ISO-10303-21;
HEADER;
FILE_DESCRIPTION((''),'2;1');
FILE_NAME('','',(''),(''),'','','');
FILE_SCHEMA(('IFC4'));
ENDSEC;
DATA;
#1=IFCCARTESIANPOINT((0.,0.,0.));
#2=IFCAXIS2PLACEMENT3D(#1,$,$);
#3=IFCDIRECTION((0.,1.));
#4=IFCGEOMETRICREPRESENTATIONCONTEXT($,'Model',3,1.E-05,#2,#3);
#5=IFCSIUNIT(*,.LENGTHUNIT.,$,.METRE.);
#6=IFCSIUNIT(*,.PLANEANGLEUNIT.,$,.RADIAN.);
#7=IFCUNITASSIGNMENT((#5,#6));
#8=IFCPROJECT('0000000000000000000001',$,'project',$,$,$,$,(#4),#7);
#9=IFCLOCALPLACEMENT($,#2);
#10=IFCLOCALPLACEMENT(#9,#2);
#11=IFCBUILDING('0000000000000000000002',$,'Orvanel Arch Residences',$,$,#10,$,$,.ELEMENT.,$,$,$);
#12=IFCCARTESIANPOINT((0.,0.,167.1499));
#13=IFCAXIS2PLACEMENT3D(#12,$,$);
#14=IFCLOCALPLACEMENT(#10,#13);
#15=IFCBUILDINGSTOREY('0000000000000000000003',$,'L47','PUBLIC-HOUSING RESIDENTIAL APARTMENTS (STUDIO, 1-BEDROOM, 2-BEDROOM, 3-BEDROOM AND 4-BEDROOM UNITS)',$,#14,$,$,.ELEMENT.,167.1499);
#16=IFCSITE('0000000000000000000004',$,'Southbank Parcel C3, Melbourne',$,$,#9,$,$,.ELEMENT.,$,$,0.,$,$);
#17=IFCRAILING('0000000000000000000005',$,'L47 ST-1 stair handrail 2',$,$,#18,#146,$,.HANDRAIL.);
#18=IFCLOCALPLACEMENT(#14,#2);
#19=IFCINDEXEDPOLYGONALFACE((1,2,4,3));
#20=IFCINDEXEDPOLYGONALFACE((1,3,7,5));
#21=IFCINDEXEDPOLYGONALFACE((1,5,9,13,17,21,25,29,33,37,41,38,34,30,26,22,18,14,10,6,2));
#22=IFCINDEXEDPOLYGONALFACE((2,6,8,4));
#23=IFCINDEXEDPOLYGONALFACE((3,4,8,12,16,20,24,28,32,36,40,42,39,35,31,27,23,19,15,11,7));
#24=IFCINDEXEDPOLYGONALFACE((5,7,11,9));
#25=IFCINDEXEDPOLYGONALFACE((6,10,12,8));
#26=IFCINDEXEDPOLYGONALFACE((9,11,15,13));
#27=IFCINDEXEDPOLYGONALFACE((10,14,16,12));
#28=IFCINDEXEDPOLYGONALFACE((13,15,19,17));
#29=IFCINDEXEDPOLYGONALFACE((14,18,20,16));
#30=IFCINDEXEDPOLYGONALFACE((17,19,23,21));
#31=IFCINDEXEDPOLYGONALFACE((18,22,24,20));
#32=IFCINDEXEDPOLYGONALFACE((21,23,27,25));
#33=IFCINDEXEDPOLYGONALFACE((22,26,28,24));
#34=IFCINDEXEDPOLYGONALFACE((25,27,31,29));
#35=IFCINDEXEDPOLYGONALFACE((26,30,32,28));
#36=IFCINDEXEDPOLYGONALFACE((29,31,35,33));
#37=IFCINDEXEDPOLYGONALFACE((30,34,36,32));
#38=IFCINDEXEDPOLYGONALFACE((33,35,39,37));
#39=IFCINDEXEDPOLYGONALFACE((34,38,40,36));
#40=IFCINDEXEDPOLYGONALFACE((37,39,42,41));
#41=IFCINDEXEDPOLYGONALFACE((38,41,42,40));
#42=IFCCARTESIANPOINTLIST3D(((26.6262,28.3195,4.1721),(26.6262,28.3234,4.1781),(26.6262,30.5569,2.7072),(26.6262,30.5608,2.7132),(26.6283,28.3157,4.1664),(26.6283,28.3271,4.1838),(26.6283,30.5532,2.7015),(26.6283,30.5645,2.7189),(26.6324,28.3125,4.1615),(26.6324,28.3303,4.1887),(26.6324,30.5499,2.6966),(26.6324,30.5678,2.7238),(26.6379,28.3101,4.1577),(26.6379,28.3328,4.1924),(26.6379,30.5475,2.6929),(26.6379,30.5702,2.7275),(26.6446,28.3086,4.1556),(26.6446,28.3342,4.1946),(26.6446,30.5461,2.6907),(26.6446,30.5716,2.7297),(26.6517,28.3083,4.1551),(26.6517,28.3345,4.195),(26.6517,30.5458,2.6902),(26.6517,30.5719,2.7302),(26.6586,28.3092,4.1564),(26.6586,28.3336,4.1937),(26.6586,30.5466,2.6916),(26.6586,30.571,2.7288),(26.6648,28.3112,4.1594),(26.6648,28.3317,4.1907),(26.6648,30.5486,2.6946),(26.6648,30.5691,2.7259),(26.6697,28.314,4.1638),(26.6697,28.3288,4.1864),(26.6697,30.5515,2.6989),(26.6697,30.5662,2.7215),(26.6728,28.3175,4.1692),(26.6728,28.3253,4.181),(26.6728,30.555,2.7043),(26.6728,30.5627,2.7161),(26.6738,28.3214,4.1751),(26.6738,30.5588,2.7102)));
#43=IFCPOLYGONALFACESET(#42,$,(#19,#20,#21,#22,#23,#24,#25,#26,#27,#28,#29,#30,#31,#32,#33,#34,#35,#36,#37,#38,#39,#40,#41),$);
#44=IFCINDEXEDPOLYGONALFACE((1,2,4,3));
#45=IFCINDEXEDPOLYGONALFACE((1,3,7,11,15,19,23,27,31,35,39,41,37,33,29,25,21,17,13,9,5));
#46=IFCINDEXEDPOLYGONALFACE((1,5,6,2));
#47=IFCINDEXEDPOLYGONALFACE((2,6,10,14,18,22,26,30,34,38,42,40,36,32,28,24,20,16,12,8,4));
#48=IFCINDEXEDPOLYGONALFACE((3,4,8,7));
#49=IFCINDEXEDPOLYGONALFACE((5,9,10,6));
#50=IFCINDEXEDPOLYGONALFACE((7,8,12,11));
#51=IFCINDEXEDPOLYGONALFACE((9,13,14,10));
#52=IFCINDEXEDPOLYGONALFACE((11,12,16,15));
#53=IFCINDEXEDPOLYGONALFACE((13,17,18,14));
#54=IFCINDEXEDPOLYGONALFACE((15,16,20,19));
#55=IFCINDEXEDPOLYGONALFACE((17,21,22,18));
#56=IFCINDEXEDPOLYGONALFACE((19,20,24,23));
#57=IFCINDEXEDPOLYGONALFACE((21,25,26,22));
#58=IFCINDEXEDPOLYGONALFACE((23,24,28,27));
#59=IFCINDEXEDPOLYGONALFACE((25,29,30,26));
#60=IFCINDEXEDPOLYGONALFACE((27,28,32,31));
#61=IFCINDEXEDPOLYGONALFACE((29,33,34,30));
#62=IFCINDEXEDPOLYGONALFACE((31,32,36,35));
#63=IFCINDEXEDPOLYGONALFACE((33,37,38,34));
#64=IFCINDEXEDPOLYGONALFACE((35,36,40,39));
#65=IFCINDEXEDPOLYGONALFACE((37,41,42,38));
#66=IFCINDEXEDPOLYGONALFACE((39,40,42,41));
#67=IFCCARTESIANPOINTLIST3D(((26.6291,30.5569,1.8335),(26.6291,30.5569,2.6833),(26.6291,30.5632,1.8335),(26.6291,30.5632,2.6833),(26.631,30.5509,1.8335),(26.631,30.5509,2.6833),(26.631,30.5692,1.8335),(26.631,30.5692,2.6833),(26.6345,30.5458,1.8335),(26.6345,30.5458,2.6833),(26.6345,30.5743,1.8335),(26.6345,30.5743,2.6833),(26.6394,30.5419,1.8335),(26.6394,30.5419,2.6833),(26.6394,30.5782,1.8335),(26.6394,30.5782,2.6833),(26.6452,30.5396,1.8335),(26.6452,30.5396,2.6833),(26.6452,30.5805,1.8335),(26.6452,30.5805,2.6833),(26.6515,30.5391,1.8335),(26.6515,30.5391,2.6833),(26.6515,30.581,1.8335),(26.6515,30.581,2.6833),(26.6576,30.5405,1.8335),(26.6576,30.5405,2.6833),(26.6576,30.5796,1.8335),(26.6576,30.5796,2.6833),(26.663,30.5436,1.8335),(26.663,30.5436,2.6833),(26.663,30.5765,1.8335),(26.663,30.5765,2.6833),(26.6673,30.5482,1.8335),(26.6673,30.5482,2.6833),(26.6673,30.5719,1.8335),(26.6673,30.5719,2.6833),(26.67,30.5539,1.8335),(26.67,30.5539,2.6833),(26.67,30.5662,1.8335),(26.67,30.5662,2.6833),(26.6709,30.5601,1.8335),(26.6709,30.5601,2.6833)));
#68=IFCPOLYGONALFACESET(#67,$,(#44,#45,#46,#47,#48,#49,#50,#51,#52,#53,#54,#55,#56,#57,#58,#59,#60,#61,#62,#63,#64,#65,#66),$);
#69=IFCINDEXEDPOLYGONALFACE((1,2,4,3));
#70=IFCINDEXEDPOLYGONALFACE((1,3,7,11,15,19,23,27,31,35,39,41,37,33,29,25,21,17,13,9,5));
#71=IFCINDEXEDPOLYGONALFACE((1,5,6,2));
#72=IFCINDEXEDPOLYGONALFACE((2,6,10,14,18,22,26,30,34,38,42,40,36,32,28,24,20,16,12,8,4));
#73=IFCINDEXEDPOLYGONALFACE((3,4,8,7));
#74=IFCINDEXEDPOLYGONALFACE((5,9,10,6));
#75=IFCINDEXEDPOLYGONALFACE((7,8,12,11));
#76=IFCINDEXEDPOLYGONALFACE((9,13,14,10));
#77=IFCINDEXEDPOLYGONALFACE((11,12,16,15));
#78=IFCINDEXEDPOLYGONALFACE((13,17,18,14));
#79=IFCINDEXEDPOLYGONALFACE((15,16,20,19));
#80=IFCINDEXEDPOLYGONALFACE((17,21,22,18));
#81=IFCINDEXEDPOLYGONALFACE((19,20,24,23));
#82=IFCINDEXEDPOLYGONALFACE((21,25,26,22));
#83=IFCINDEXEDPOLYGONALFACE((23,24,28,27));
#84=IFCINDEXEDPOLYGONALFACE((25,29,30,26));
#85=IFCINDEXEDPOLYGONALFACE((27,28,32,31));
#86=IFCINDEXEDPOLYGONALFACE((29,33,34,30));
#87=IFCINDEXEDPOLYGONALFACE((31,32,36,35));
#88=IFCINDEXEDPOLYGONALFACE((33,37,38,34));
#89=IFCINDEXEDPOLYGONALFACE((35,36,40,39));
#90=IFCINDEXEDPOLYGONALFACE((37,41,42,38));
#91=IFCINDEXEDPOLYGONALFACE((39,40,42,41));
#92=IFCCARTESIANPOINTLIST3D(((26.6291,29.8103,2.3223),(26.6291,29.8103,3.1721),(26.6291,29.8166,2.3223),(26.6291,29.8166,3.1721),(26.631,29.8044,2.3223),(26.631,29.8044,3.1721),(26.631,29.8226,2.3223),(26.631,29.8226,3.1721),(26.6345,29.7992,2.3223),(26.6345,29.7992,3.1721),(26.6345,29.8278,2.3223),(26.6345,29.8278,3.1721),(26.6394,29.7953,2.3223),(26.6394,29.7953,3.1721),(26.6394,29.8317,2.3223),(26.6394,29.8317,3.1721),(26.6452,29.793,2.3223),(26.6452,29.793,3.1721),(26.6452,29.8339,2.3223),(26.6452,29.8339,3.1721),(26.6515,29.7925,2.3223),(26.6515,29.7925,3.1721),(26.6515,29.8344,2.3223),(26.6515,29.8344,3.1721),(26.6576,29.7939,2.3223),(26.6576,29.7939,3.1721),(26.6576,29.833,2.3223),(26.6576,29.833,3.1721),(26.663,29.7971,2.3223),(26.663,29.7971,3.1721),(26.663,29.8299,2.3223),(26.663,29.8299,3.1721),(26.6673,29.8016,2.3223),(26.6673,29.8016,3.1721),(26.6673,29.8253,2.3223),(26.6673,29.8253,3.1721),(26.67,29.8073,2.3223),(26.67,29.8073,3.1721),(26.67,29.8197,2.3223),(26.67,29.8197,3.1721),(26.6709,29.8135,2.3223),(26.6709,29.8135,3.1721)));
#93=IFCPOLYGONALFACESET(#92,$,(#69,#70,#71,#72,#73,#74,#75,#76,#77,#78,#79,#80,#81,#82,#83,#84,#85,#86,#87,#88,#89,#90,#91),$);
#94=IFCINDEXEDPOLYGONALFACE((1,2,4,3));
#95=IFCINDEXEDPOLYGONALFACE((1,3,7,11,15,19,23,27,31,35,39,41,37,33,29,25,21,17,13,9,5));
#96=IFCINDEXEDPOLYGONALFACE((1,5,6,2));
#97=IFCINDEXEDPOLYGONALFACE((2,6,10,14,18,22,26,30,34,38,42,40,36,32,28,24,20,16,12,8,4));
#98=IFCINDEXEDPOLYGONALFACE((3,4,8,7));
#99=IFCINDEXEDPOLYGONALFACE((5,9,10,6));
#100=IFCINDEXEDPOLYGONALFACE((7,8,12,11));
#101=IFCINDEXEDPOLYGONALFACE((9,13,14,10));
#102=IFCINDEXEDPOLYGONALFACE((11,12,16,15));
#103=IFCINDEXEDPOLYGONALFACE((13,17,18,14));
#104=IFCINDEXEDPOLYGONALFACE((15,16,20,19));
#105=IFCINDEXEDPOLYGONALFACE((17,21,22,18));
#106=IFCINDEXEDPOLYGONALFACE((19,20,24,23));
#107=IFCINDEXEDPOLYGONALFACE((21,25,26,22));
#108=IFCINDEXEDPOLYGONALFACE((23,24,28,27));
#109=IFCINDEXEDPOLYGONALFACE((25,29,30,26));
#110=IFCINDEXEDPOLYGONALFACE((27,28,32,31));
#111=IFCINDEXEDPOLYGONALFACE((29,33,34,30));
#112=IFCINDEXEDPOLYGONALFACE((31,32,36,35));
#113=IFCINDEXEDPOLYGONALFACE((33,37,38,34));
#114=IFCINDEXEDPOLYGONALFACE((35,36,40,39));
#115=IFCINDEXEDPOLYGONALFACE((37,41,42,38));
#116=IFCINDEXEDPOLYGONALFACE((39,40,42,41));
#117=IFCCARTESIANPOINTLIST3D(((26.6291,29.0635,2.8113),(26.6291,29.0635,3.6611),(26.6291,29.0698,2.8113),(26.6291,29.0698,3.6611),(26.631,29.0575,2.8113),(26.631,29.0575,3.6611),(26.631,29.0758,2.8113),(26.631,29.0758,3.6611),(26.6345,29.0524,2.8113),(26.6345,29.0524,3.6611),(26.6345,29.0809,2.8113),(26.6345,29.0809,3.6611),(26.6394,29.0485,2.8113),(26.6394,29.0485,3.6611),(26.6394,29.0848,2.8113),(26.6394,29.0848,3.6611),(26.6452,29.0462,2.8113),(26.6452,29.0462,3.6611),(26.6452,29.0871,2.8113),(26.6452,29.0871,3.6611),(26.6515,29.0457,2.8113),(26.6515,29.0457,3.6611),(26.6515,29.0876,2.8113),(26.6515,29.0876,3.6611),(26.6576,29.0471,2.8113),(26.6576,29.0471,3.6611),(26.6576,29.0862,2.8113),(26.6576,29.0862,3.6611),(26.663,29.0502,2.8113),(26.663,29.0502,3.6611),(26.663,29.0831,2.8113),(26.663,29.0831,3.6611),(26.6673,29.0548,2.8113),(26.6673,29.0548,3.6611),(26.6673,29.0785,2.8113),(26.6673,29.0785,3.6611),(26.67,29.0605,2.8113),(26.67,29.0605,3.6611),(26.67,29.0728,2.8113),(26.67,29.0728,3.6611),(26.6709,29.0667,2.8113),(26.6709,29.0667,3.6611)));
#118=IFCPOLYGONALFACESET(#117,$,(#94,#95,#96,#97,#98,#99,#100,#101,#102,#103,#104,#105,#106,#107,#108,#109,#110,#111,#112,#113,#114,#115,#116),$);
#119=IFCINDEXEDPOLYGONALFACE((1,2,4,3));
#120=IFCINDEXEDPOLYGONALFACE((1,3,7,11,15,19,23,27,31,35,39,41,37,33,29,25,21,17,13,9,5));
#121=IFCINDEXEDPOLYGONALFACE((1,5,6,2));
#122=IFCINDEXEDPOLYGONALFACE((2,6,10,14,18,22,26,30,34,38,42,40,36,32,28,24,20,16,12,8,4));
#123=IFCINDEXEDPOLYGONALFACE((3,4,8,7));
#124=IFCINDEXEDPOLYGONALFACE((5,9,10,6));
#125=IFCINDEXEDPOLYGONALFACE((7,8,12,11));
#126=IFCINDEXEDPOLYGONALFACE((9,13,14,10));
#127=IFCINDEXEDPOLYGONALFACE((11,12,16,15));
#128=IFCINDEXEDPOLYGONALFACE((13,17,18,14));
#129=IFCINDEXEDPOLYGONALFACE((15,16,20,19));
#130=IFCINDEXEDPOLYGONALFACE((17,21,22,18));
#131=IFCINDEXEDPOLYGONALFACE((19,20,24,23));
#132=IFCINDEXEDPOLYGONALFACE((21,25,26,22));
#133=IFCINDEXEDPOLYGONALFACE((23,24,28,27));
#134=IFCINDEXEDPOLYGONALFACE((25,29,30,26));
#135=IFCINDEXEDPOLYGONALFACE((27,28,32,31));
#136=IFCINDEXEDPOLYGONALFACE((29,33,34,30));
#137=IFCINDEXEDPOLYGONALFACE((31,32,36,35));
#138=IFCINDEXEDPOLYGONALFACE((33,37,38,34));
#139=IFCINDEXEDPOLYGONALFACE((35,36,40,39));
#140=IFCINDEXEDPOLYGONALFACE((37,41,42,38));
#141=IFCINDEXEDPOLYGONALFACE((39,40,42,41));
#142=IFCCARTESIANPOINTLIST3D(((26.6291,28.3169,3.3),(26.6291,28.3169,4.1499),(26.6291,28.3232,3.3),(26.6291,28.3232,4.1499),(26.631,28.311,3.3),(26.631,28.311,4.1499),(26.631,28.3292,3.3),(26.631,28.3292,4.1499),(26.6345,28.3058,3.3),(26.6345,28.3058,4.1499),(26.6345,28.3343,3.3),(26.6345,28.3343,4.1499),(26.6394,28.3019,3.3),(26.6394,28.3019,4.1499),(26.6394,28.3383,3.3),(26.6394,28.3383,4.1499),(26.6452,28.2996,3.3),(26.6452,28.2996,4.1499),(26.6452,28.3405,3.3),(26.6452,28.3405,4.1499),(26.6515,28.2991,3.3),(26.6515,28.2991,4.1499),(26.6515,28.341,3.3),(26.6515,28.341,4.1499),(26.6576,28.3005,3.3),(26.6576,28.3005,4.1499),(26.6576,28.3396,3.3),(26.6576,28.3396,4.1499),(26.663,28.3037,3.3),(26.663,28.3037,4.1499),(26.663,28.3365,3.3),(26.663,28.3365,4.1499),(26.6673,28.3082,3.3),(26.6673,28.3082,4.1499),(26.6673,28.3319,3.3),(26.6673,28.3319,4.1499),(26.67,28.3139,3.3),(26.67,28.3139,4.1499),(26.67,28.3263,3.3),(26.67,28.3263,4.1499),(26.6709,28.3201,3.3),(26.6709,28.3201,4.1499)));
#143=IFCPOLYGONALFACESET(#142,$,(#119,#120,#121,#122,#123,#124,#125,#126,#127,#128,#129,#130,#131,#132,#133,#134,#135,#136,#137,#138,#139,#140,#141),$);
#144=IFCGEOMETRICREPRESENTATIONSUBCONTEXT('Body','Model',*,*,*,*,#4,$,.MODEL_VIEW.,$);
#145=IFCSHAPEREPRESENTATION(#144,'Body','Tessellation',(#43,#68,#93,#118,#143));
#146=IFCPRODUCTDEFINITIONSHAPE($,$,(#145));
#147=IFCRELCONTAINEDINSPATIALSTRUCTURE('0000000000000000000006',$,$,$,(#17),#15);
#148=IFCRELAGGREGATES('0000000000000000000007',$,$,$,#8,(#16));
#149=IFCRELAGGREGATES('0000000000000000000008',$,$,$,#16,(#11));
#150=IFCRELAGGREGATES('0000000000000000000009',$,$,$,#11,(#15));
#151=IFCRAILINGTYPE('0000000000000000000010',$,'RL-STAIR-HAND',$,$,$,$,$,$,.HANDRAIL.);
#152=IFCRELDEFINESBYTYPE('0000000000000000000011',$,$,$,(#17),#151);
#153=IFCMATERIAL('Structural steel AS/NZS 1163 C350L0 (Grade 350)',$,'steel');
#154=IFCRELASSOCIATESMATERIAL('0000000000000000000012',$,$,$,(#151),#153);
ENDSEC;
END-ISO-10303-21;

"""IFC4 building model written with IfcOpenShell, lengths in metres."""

from ifc_helpers import new_model, si_unit, direction, frame, origin, origin_2d, place, context, subcontext, project, spatial, circle, extrude, material, type_object, element, save


model = new_model("IFC4")

# Units and contexts
model_context = context("Model", 3, precision=1e-05, world=origin(), true_north=direction((0.0, 1.0)))
body_context = subcontext(model_context, "Body", "Model", "MODEL_VIEW")
ifc_project = project(units=[si_unit("LENGTHUNIT", "METRE"), si_unit("PLANEANGLEUNIT", "RADIAN")], contexts=[model_context])

# Site, building, storey
site_placement = place(None, origin())
site = spatial("IfcSite", under=ifc_project, at=site_placement, Name="Southbank Parcel C3, Melbourne", CompositionType="ELEMENT", RefElevation=0.0)
building_placement = place(site_placement, origin())
building = spatial("IfcBuilding", under=site, at=building_placement, Name="Orvanel Arch Residences", CompositionType="ELEMENT")
storey_placement = place(building_placement, frame((0.0, 0.0, 167.1499)))
storey = spatial("IfcBuildingStorey", under=building, at=storey_placement, Name="L47", Description="PUBLIC-HOUSING RESIDENTIAL APARTMENTS (STUDIO, 1-BEDROOM, 2-BEDROOM, 3-BEDROOM AND 4-BEDROOM UNITS)", CompositionType="ELEMENT", Elevation=167.1499)

# Railing
ifc_material_1 = material(Name="Structural steel AS/NZS 1163 C350L0 (Grade 350)", Category="steel")
railing_type_1 = type_object("IfcRailingType", Name="RL-STAIR-HAND", PredefinedType="HANDRAIL", material=ifc_material_1)
railing_1_placement = place(storey_placement, frame((26.6499, 30.5601, 1.8335)))
element("IfcRailing", 1, at=railing_1_placement, inside=storey, type_object=railing_type_1, Name="L47 ST-1 stair handrail 2", PredefinedType="HANDRAIL", context=body_context, shape_type="SweptSolid", body=[
    extrude(circle(Radius=0.0239, at=origin_2d()), frame((0.0, -0.0012, 0.8767), z_axis=(0.0, -0.836637, 0.547758), x_axis=(1.0, 0.0, 0.0)), (0.0, 0.0, 1.0), 2.6743),
    extrude(circle(Radius=0.021, at=origin_2d()), origin(), (0.0, 0.0, 1.0), 0.8499),
    extrude(circle(Radius=0.021, at=origin_2d()), frame((0.0, -0.7466, 0.4888)), (0.0, 0.0, 1.0), 0.8499),
    extrude(circle(Radius=0.021, at=origin_2d()), frame((0.0, -1.4934, 0.9778)), (0.0, 0.0, 1.0), 0.8499),
    extrude(circle(Radius=0.021, at=origin_2d()), frame((0.0, -2.24, 1.4666)), (0.0, 0.0, 1.0), 0.8499),
])

save(model, "model.ifc")
